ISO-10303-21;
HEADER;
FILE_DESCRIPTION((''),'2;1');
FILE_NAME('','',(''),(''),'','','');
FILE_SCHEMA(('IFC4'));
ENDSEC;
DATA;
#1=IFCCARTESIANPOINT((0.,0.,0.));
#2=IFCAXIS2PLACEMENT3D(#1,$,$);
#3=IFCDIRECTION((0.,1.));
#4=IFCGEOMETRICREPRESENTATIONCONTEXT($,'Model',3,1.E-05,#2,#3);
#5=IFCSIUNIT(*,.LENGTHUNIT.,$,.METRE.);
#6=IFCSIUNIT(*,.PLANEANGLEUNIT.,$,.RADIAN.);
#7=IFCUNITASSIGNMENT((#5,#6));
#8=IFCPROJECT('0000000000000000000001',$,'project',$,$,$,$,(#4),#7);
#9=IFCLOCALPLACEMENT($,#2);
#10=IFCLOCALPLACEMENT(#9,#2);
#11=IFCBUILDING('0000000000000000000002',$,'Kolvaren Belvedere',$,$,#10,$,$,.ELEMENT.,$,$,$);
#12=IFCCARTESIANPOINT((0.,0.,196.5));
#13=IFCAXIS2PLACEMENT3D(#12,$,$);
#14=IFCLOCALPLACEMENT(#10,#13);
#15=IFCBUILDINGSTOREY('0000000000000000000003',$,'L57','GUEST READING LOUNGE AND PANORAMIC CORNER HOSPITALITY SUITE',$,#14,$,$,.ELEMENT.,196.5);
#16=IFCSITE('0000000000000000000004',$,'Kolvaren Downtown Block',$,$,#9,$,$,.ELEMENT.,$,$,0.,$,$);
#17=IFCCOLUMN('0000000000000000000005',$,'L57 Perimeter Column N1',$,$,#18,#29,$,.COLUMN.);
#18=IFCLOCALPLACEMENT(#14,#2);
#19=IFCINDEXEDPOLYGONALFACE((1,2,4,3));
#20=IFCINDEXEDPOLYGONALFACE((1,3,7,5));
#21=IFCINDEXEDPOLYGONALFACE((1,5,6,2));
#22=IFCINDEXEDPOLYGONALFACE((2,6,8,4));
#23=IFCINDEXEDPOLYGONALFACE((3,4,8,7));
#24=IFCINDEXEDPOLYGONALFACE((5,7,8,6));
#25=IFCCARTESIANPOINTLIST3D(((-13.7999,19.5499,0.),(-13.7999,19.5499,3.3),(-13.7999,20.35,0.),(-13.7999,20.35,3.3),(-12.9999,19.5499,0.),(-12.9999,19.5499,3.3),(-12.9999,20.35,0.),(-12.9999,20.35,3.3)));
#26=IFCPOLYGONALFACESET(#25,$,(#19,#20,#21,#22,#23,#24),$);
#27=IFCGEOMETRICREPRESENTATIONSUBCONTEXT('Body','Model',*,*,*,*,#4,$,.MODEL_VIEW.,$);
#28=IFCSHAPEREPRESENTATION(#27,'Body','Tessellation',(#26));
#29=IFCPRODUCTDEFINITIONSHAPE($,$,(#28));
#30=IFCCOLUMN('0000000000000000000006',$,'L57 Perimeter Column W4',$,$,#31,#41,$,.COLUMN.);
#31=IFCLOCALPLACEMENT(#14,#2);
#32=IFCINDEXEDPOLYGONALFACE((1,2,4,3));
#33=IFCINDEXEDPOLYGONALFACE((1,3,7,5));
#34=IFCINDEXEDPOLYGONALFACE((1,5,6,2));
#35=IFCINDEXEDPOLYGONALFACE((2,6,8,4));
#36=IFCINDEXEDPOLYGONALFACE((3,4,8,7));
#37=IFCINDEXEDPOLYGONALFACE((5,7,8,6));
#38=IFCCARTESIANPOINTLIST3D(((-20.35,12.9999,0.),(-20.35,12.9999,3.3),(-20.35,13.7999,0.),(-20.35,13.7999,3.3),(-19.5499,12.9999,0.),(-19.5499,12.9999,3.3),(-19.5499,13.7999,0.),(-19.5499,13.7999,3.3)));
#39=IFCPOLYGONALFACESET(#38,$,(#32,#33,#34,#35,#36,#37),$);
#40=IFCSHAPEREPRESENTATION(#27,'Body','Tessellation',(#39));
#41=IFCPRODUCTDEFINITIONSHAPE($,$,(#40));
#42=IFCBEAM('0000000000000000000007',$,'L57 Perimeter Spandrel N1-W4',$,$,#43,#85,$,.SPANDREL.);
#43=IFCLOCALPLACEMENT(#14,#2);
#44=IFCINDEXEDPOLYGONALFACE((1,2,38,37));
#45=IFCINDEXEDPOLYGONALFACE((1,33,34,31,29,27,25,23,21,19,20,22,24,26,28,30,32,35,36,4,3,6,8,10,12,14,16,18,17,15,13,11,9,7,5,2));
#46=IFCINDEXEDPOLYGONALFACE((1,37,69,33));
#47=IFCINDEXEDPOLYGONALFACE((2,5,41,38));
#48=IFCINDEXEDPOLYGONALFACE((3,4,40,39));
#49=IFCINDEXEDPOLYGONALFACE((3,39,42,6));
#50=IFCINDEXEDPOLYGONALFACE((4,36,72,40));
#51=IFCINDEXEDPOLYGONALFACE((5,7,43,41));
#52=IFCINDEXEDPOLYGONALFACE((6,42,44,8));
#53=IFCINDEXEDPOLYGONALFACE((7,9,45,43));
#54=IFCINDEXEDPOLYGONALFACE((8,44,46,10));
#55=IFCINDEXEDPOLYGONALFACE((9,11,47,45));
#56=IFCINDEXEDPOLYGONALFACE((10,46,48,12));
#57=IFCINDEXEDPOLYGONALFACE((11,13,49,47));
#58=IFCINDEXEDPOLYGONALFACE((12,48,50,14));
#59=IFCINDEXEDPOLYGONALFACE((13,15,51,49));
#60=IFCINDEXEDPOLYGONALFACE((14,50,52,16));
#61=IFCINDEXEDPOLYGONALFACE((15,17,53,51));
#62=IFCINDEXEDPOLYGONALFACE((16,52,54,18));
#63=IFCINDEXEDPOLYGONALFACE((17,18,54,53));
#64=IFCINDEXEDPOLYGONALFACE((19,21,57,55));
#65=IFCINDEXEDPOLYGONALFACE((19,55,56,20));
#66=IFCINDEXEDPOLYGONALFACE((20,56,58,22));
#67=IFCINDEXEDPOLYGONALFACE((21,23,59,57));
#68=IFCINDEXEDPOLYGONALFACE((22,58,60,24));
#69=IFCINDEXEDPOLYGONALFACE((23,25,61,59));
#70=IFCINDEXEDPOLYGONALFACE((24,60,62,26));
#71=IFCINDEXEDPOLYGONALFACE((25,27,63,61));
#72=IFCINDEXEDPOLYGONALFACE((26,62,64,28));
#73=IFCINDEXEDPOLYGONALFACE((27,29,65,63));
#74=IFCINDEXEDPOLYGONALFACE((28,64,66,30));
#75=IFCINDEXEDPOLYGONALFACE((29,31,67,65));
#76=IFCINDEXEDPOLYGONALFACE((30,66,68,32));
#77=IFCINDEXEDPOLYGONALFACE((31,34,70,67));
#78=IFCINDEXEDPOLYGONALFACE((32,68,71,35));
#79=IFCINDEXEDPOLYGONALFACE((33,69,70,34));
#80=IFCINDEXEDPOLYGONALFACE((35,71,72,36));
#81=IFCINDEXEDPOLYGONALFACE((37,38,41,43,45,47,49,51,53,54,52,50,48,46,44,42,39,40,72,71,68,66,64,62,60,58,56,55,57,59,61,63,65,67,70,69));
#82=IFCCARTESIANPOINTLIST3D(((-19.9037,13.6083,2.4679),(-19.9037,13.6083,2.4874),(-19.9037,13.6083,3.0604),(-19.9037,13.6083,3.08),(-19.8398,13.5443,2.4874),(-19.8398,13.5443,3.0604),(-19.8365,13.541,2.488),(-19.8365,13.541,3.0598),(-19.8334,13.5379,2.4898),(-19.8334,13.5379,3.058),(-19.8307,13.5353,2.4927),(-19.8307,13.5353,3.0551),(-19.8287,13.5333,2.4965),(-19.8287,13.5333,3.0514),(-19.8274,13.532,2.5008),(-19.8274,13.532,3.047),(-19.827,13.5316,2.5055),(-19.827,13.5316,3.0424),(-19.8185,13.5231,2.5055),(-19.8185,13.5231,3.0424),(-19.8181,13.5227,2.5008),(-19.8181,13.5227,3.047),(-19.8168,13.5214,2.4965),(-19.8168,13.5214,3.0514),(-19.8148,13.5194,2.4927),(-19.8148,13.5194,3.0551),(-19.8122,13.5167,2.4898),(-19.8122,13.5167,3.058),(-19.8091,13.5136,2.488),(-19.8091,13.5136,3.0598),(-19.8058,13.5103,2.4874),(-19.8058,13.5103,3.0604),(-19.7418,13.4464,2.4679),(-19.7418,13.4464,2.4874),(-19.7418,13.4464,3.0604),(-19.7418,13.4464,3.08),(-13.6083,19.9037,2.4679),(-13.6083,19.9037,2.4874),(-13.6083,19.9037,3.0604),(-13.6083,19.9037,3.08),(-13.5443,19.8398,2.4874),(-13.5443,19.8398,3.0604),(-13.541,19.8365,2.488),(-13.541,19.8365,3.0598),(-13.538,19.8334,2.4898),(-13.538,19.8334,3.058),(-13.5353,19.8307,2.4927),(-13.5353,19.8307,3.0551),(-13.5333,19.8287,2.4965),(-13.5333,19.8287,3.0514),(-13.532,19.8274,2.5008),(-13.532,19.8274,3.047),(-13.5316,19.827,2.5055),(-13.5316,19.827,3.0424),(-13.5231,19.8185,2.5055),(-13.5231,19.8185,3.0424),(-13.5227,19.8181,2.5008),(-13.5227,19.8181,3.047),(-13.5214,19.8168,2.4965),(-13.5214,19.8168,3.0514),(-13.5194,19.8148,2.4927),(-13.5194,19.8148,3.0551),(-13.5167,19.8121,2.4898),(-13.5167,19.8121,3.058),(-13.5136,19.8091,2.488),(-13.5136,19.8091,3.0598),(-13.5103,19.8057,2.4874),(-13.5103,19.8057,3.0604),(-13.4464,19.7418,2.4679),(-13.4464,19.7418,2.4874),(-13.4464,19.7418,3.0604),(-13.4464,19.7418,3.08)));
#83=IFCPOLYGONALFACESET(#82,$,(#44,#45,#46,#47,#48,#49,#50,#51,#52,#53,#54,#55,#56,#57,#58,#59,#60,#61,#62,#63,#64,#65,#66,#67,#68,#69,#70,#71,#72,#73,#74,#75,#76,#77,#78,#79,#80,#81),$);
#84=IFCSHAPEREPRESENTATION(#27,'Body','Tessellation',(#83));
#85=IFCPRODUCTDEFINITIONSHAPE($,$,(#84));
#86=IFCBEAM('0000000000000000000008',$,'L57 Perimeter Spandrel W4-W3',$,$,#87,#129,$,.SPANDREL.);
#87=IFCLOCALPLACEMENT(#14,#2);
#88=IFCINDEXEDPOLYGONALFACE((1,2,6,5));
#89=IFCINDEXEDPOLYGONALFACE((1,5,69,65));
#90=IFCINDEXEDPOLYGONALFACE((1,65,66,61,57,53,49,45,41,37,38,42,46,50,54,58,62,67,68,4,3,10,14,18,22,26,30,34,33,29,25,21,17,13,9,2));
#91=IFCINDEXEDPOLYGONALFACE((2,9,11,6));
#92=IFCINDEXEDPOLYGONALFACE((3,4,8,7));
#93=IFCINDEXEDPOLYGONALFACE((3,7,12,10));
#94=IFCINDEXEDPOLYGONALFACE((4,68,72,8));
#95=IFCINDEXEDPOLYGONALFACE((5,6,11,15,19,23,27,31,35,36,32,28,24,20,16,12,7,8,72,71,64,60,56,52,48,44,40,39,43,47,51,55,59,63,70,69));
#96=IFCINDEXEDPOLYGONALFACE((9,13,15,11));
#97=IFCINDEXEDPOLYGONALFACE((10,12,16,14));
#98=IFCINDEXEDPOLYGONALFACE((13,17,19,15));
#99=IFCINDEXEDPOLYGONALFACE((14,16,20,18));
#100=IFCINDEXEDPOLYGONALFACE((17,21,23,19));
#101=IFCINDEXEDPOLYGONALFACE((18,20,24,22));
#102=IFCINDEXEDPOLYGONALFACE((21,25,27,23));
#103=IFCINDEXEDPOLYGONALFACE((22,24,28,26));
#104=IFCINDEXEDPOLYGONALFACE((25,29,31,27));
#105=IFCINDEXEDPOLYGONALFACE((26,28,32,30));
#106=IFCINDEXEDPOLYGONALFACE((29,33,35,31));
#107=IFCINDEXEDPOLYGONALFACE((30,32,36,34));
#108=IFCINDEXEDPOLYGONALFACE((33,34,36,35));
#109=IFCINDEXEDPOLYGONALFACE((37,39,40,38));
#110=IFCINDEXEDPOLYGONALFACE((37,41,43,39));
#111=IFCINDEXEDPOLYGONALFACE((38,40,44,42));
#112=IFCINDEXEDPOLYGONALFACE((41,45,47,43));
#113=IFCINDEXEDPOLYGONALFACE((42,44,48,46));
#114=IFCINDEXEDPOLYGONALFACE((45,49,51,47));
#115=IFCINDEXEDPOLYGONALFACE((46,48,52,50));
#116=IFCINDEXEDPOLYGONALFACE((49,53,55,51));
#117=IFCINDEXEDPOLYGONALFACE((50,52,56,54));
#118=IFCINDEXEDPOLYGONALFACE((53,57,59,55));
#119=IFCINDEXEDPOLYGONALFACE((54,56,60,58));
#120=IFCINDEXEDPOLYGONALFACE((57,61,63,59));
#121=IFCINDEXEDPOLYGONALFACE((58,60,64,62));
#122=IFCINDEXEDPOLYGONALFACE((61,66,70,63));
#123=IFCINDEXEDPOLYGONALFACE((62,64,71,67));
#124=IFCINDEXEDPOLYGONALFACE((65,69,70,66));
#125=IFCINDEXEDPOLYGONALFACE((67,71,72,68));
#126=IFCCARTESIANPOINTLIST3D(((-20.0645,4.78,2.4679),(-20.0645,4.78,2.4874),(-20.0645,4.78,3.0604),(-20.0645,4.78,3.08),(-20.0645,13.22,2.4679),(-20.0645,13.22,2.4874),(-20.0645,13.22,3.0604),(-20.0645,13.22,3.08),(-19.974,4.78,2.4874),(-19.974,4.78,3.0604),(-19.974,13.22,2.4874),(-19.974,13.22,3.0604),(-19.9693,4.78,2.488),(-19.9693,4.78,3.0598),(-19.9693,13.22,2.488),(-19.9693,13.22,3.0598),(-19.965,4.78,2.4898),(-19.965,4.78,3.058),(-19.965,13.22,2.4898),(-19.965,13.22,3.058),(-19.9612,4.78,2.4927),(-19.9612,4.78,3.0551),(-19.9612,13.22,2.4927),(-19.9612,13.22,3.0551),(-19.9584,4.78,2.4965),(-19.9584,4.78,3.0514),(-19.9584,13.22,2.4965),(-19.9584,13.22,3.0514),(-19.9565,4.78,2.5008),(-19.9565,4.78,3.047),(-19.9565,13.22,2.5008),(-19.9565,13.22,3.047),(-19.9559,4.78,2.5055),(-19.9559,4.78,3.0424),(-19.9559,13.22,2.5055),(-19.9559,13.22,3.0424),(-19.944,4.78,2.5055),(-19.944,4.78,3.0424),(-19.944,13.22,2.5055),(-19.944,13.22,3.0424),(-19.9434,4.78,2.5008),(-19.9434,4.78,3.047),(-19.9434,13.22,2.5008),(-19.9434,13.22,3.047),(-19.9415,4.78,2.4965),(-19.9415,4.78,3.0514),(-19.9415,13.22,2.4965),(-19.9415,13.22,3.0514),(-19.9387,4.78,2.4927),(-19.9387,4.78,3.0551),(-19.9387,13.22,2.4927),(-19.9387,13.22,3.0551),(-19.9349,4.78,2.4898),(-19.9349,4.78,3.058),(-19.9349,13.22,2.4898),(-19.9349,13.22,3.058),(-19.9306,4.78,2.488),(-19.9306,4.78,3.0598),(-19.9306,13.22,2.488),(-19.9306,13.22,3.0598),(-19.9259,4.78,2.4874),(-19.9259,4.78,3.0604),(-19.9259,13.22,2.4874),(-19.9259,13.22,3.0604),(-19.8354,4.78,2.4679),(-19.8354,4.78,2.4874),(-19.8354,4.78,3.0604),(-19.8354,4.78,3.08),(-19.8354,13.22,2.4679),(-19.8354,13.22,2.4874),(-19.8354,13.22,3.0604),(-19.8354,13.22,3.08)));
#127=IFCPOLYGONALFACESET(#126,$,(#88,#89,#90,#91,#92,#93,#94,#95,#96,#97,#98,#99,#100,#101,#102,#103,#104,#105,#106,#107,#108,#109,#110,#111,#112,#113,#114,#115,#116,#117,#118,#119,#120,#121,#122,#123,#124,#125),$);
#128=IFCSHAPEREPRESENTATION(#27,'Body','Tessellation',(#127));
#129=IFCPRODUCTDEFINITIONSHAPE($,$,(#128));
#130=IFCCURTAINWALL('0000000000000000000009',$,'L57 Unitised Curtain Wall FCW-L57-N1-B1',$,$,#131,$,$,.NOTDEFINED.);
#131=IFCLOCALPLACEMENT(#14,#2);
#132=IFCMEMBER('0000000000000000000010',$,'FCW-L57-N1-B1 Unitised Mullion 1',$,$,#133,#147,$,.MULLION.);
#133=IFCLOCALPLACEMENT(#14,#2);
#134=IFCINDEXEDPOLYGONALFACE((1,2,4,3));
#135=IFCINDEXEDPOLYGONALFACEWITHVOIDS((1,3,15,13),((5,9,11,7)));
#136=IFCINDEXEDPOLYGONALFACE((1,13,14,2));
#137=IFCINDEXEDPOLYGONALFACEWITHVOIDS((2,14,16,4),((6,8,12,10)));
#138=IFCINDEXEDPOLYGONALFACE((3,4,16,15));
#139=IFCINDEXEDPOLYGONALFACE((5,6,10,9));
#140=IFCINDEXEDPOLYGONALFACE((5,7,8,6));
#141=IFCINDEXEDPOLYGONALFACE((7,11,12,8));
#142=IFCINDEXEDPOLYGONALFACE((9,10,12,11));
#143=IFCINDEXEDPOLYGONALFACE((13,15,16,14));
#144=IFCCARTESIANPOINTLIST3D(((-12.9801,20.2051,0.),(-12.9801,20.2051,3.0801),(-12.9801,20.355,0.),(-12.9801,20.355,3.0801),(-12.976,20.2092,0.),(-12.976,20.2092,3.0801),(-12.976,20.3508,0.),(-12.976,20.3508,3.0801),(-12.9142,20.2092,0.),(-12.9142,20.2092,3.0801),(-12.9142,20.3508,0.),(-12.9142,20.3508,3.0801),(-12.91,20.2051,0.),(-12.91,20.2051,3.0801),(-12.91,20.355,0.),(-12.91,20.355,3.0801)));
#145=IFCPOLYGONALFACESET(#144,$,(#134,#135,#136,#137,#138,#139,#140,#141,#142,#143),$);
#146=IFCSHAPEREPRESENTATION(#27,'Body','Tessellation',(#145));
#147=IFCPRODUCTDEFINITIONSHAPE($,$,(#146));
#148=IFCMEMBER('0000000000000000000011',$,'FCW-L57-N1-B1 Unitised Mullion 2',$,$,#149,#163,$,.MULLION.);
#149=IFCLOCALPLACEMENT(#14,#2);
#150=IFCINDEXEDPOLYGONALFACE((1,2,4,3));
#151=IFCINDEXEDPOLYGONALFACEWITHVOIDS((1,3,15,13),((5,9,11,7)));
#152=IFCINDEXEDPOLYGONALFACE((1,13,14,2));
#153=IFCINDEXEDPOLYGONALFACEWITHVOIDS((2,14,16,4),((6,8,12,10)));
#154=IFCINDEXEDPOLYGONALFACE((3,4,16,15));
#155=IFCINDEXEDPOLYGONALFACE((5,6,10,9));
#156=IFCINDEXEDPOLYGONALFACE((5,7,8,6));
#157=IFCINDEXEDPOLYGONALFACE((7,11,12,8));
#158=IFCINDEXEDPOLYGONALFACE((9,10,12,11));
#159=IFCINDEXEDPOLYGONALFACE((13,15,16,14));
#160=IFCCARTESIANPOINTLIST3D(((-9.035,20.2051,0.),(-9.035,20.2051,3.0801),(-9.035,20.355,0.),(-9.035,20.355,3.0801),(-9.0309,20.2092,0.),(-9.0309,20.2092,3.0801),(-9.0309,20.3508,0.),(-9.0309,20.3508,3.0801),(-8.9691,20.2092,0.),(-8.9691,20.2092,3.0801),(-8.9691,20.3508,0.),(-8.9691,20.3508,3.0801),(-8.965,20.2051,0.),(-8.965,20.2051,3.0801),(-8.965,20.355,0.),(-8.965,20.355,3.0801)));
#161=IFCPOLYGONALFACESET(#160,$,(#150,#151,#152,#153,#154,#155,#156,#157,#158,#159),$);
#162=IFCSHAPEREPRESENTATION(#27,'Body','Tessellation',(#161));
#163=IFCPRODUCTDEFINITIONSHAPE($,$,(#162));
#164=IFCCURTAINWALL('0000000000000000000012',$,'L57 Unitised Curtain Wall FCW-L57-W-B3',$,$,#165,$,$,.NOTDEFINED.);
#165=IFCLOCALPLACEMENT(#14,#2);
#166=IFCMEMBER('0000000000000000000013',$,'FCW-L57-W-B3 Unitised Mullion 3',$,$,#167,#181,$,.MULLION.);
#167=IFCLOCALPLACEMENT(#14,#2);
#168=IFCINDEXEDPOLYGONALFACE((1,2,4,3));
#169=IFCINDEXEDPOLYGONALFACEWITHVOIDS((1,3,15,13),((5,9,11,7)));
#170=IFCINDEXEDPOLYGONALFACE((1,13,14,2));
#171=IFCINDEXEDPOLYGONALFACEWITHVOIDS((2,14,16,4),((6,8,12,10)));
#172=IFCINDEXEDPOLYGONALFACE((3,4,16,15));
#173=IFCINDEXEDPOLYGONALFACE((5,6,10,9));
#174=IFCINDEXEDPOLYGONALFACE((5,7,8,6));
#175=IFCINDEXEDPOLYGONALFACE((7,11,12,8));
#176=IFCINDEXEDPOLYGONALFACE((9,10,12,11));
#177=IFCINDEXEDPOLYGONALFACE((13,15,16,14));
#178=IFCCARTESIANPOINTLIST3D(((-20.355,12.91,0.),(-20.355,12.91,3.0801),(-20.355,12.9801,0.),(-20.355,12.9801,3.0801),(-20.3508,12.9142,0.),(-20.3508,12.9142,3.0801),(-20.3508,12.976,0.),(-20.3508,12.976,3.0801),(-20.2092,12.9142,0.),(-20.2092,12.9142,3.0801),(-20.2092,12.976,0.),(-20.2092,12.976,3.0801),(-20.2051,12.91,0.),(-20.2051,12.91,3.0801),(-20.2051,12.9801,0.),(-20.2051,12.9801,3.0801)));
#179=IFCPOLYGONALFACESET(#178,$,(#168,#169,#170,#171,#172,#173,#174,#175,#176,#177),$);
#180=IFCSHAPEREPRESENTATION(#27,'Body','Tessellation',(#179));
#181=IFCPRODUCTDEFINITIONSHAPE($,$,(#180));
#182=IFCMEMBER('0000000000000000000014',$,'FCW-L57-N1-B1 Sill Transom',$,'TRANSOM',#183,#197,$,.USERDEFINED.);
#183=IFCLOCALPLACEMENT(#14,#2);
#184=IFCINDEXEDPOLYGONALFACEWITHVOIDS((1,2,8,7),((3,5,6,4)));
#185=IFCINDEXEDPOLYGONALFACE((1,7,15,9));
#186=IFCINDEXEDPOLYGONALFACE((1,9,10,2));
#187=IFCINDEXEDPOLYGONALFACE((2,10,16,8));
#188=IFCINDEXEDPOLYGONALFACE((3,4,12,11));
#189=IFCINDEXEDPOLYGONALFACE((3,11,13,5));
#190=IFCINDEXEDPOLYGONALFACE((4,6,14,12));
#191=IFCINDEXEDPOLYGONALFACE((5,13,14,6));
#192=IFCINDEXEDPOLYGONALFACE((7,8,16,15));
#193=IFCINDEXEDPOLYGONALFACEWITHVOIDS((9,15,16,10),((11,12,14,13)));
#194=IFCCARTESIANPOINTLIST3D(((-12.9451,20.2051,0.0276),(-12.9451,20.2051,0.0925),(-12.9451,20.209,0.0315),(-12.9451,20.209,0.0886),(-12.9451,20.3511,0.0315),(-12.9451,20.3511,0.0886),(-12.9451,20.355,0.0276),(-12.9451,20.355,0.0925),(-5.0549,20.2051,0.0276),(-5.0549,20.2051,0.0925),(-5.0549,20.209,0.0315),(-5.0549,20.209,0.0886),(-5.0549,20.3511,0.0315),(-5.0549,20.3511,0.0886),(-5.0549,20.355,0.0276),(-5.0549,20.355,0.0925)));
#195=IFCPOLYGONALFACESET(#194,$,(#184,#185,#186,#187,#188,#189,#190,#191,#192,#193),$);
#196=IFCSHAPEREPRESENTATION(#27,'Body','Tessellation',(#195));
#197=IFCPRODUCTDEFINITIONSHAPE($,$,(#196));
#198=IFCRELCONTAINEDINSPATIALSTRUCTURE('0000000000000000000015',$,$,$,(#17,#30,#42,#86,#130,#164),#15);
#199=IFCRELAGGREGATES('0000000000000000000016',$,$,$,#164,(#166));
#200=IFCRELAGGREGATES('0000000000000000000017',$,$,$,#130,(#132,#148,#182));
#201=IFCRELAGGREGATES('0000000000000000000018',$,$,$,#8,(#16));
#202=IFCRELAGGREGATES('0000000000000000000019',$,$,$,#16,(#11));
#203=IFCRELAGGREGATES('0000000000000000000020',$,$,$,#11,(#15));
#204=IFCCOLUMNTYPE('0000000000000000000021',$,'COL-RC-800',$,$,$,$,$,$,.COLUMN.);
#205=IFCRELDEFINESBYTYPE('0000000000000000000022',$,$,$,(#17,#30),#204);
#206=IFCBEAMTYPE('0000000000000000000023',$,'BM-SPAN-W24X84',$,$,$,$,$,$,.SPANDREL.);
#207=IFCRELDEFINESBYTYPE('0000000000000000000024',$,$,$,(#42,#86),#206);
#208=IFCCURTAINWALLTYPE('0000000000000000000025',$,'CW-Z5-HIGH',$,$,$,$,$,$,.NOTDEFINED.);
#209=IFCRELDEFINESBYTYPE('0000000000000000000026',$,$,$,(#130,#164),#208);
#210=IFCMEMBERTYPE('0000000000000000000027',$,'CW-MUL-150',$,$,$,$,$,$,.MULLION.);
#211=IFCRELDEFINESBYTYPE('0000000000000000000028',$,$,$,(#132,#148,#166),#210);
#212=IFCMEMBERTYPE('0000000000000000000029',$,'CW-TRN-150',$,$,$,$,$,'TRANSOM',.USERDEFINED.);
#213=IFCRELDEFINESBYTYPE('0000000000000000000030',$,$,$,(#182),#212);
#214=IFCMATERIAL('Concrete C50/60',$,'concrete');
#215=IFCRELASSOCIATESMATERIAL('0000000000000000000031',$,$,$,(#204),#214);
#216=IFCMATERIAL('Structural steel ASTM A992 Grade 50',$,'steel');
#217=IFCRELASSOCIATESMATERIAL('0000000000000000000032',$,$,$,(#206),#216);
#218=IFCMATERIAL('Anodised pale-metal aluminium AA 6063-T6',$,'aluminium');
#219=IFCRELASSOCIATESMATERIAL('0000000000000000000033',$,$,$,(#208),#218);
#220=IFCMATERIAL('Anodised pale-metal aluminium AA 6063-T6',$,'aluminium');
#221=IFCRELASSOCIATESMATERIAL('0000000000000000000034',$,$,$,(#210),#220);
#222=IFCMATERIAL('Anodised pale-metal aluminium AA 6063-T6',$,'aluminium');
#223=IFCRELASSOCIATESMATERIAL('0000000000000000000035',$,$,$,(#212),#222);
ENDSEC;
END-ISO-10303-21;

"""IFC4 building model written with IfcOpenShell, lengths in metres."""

from ifc_helpers import new_model, si_unit, direction, frame, origin, origin_2d, place, context, subcontext, project, spatial, rectangle, hollow_rectangle, i_section, extrude, material, material_profile, profile_set, type_object, element, aggregate, save


model = new_model("IFC4")

# Units and contexts
model_context = context("Model", 3, precision=1e-05, world=origin(), true_north=direction((0.0, 1.0)))
body_context = subcontext(model_context, "Body", "Model", "MODEL_VIEW")
ifc_project = project(units=[si_unit("LENGTHUNIT", "METRE"), si_unit("PLANEANGLEUNIT", "RADIAN")], contexts=[model_context])

# Site, building, storey
site_placement = place(None, origin())
site = spatial("IfcSite", under=ifc_project, at=site_placement, Name="Kolvaren Downtown Block", CompositionType="ELEMENT", RefElevation=0.0)
building_placement = place(site_placement, origin())
building = spatial("IfcBuilding", under=site, at=building_placement, Name="Kolvaren Belvedere", CompositionType="ELEMENT")
storey_placement = place(building_placement, frame((0.0, 0.0, 196.5)))
storey = spatial("IfcBuildingStorey", under=building, at=storey_placement, Name="L57", Description="GUEST READING LOUNGE AND PANORAMIC CORNER HOSPITALITY SUITE", CompositionType="ELEMENT", Elevation=196.5)

# Columns
ifc_material_1 = material(Name="Concrete C50/60", Category="concrete")
ifc_material_profile_1 = material_profile(ifc_material_1, rectangle(XDim=0.8, YDim=0.8, at=origin_2d()), Name="RC 800X800")
ifc_profile_set_1 = profile_set([ifc_material_profile_1], Name="Concrete C50/60")
column_type = type_object("IfcColumnType", Name="COL-RC-800", PredefinedType="COLUMN", material=ifc_profile_set_1)
for number, where, z_axis, x_axis, name in (
    (1, (-13.3999, 19.95, 0.0), (0.0, 0.0, 1.0), (1.0, 0.0, 0.0), "L57 Perimeter Column N1"),
    (2, (-19.95, 13.3999, 0.0), (0.0, 0.0, 1.0), (1.0, 0.0, 0.0), "L57 Perimeter Column W4"),
):
    element("IfcColumn", number, at=place(storey_placement, frame(where, z_axis=z_axis, x_axis=x_axis)), inside=storey, type_object=column_type, Name=name, PredefinedType="COLUMN", context=body_context, shape_type="SweptSolid", body=[
        extrude(rectangle(XDim=0.8, YDim=0.8, at=origin_2d()), origin(), (0.0, 0.0, 1.0), 3.3),
    ])

# Beams
ifc_material_2 = material(Name="Structural steel ASTM A992 Grade 50", Category="steel")
ifc_material_profile_2 = material_profile(ifc_material_2, i_section(OverallWidth=0.229, OverallDepth=0.6121, WebThickness=0.012, FlangeThickness=0.0195, FilletRadius=0.0181, at=origin_2d()), Name="W24X84")
ifc_profile_set_2 = profile_set([ifc_material_profile_2], Name="Structural steel ASTM A992 Grade 50")
beam_type = type_object("IfcBeamType", Name="BM-SPAN-W24X84", PredefinedType="SPANDREL", material=ifc_profile_set_2)
beam_1_placement = place(storey_placement, frame((-13.5273, 19.8228, 2.7739), z_axis=(-0.707107, -0.707107, 0.0), x_axis=(0.707107, -0.707107, 0.0)))
element("IfcBeam", 3, at=beam_1_placement, inside=storey, type_object=beam_type, Name="L57 Perimeter Spandrel N1-W4", PredefinedType="SPANDREL", context=body_context, shape_type="SweptSolid", body=[
    extrude(i_section(OverallWidth=0.229, OverallDepth=0.6121, WebThickness=0.012, FlangeThickness=0.0195, FilletRadius=0.0181, at=origin_2d()), origin(), (0.0, 0.0, 1.0), 8.9031),
])
beam_2_placement = place(storey_placement, frame((-19.95, 13.22, 2.7739), z_axis=(0.0, -1.0, 0.0), x_axis=(1.0, 0.0, 0.0)))
element("IfcBeam", 4, at=beam_2_placement, inside=storey, type_object=beam_type, Name="L57 Perimeter Spandrel W4-W3", PredefinedType="SPANDREL", context=body_context, shape_type="SweptSolid", body=[
    extrude(i_section(OverallWidth=0.229, OverallDepth=0.6121, WebThickness=0.012, FlangeThickness=0.0195, FilletRadius=0.0181, at=origin_2d()), origin(), (0.0, 0.0, 1.0), 8.4399),
])

# Curtain wall, members
ifc_material_3 = material(Name="Anodised pale-metal aluminium AA 6063-T6", Category="aluminium")
curtain_wall_type = type_object("IfcCurtainWallType", Name="CW-Z5-HIGH", PredefinedType="NOTDEFINED", material=ifc_material_3)
curtain_wall_1_placement = place(storey_placement, origin())
curtain_wall_1 = element("IfcCurtainWall", 5, at=curtain_wall_1_placement, inside=storey, type_object=curtain_wall_type, Name="L57 Unitised Curtain Wall FCW-L57-N1-B1", PredefinedType="NOTDEFINED")
ifc_material_4 = material(Name="Anodised pale-metal aluminium AA 6063-T6", Category="aluminium")
ifc_material_profile_3 = material_profile(ifc_material_4, hollow_rectangle(XDim=0.0701, YDim=0.1499, WallThickness=0.0042, at=origin_2d()), Name="ALU-MUL-150X70")
ifc_profile_set_3 = profile_set([ifc_material_profile_3], Name="Anodised pale-metal aluminium AA 6063-T6")
member_type_1 = type_object("IfcMemberType", Name="CW-MUL-150", PredefinedType="MULLION", material=ifc_profile_set_3)
member_1_placement = place(storey_placement, frame((-12.9451, 20.28, 0.0), z_axis=(0.0, 0.0, 1.0), x_axis=(1.0, 0.0, 0.0)))
member_1 = element("IfcMember", 6, at=member_1_placement, type_object=member_type_1, Name="FCW-L57-N1-B1 Unitised Mullion 1", PredefinedType="MULLION", context=body_context, shape_type="SweptSolid", body=[
    extrude(hollow_rectangle(XDim=0.0701, YDim=0.1499, WallThickness=0.0042, at=origin_2d()), origin(), (0.0, 0.0, 1.0), 3.0801),
])
member_2_placement = place(storey_placement, frame((-9.0, 20.28, 0.0), z_axis=(0.0, 0.0, 1.0), x_axis=(1.0, 0.0, 0.0)))
member_2 = element("IfcMember", 7, at=member_2_placement, type_object=member_type_1, Name="FCW-L57-N1-B1 Unitised Mullion 2", PredefinedType="MULLION", context=body_context, shape_type="SweptSolid", body=[
    extrude(hollow_rectangle(XDim=0.0701, YDim=0.1499, WallThickness=0.0042, at=origin_2d()), origin(), (0.0, 0.0, 1.0), 3.0801),
])

# Curtain wall, member
curtain_wall_2_placement = place(storey_placement, origin())
curtain_wall_2 = element("IfcCurtainWall", 8, at=curtain_wall_2_placement, inside=storey, type_object=curtain_wall_type, Name="L57 Unitised Curtain Wall FCW-L57-W-B3", PredefinedType="NOTDEFINED")
member_3_placement = place(storey_placement, frame((-20.28, 12.9451, 0.0), z_axis=(0.0, 0.0, 1.0), x_axis=(0.0, 1.0, 0.0)))
member_3 = element("IfcMember", 9, at=member_3_placement, type_object=member_type_1, Name="FCW-L57-W-B3 Unitised Mullion 3", PredefinedType="MULLION", context=body_context, shape_type="SweptSolid", body=[
    extrude(hollow_rectangle(XDim=0.0701, YDim=0.1499, WallThickness=0.0042, at=origin_2d()), origin(), (0.0, 0.0, 1.0), 3.0801),
])
aggregate(curtain_wall_2, [member_3])

# Member
ifc_material_5 = material(Name="Anodised pale-metal aluminium AA 6063-T6", Category="aluminium")
ifc_material_profile_4 = material_profile(ifc_material_5, hollow_rectangle(XDim=0.0649, YDim=0.1499, WallThickness=0.0039, at=origin_2d()), Name="ALU-TRN-150X65")
ifc_profile_set_4 = profile_set([ifc_material_profile_4], Name="Anodised pale-metal aluminium AA 6063-T6")
member_type_2 = type_object("IfcMemberType", Name="CW-TRN-150", ElementType="TRANSOM", PredefinedType="USERDEFINED", material=ifc_profile_set_4)
member_4_placement = place(storey_placement, frame((-12.9451, 20.28, 0.0601), z_axis=(1.0, 0.0, 0.0), x_axis=(0.0, 0.0, 1.0)))
member_4 = element("IfcMember", 10, at=member_4_placement, type_object=member_type_2, Name="FCW-L57-N1-B1 Sill Transom", ObjectType="TRANSOM", PredefinedType="USERDEFINED", context=body_context, shape_type="SweptSolid", body=[
    extrude(hollow_rectangle(XDim=0.0649, YDim=0.1499, WallThickness=0.0039, at=origin_2d()), origin(), (0.0, 0.0, 1.0), 7.8901),
])

aggregate(curtain_wall_1, [member_1, member_2, member_4])

save(model, "model.ifc")
